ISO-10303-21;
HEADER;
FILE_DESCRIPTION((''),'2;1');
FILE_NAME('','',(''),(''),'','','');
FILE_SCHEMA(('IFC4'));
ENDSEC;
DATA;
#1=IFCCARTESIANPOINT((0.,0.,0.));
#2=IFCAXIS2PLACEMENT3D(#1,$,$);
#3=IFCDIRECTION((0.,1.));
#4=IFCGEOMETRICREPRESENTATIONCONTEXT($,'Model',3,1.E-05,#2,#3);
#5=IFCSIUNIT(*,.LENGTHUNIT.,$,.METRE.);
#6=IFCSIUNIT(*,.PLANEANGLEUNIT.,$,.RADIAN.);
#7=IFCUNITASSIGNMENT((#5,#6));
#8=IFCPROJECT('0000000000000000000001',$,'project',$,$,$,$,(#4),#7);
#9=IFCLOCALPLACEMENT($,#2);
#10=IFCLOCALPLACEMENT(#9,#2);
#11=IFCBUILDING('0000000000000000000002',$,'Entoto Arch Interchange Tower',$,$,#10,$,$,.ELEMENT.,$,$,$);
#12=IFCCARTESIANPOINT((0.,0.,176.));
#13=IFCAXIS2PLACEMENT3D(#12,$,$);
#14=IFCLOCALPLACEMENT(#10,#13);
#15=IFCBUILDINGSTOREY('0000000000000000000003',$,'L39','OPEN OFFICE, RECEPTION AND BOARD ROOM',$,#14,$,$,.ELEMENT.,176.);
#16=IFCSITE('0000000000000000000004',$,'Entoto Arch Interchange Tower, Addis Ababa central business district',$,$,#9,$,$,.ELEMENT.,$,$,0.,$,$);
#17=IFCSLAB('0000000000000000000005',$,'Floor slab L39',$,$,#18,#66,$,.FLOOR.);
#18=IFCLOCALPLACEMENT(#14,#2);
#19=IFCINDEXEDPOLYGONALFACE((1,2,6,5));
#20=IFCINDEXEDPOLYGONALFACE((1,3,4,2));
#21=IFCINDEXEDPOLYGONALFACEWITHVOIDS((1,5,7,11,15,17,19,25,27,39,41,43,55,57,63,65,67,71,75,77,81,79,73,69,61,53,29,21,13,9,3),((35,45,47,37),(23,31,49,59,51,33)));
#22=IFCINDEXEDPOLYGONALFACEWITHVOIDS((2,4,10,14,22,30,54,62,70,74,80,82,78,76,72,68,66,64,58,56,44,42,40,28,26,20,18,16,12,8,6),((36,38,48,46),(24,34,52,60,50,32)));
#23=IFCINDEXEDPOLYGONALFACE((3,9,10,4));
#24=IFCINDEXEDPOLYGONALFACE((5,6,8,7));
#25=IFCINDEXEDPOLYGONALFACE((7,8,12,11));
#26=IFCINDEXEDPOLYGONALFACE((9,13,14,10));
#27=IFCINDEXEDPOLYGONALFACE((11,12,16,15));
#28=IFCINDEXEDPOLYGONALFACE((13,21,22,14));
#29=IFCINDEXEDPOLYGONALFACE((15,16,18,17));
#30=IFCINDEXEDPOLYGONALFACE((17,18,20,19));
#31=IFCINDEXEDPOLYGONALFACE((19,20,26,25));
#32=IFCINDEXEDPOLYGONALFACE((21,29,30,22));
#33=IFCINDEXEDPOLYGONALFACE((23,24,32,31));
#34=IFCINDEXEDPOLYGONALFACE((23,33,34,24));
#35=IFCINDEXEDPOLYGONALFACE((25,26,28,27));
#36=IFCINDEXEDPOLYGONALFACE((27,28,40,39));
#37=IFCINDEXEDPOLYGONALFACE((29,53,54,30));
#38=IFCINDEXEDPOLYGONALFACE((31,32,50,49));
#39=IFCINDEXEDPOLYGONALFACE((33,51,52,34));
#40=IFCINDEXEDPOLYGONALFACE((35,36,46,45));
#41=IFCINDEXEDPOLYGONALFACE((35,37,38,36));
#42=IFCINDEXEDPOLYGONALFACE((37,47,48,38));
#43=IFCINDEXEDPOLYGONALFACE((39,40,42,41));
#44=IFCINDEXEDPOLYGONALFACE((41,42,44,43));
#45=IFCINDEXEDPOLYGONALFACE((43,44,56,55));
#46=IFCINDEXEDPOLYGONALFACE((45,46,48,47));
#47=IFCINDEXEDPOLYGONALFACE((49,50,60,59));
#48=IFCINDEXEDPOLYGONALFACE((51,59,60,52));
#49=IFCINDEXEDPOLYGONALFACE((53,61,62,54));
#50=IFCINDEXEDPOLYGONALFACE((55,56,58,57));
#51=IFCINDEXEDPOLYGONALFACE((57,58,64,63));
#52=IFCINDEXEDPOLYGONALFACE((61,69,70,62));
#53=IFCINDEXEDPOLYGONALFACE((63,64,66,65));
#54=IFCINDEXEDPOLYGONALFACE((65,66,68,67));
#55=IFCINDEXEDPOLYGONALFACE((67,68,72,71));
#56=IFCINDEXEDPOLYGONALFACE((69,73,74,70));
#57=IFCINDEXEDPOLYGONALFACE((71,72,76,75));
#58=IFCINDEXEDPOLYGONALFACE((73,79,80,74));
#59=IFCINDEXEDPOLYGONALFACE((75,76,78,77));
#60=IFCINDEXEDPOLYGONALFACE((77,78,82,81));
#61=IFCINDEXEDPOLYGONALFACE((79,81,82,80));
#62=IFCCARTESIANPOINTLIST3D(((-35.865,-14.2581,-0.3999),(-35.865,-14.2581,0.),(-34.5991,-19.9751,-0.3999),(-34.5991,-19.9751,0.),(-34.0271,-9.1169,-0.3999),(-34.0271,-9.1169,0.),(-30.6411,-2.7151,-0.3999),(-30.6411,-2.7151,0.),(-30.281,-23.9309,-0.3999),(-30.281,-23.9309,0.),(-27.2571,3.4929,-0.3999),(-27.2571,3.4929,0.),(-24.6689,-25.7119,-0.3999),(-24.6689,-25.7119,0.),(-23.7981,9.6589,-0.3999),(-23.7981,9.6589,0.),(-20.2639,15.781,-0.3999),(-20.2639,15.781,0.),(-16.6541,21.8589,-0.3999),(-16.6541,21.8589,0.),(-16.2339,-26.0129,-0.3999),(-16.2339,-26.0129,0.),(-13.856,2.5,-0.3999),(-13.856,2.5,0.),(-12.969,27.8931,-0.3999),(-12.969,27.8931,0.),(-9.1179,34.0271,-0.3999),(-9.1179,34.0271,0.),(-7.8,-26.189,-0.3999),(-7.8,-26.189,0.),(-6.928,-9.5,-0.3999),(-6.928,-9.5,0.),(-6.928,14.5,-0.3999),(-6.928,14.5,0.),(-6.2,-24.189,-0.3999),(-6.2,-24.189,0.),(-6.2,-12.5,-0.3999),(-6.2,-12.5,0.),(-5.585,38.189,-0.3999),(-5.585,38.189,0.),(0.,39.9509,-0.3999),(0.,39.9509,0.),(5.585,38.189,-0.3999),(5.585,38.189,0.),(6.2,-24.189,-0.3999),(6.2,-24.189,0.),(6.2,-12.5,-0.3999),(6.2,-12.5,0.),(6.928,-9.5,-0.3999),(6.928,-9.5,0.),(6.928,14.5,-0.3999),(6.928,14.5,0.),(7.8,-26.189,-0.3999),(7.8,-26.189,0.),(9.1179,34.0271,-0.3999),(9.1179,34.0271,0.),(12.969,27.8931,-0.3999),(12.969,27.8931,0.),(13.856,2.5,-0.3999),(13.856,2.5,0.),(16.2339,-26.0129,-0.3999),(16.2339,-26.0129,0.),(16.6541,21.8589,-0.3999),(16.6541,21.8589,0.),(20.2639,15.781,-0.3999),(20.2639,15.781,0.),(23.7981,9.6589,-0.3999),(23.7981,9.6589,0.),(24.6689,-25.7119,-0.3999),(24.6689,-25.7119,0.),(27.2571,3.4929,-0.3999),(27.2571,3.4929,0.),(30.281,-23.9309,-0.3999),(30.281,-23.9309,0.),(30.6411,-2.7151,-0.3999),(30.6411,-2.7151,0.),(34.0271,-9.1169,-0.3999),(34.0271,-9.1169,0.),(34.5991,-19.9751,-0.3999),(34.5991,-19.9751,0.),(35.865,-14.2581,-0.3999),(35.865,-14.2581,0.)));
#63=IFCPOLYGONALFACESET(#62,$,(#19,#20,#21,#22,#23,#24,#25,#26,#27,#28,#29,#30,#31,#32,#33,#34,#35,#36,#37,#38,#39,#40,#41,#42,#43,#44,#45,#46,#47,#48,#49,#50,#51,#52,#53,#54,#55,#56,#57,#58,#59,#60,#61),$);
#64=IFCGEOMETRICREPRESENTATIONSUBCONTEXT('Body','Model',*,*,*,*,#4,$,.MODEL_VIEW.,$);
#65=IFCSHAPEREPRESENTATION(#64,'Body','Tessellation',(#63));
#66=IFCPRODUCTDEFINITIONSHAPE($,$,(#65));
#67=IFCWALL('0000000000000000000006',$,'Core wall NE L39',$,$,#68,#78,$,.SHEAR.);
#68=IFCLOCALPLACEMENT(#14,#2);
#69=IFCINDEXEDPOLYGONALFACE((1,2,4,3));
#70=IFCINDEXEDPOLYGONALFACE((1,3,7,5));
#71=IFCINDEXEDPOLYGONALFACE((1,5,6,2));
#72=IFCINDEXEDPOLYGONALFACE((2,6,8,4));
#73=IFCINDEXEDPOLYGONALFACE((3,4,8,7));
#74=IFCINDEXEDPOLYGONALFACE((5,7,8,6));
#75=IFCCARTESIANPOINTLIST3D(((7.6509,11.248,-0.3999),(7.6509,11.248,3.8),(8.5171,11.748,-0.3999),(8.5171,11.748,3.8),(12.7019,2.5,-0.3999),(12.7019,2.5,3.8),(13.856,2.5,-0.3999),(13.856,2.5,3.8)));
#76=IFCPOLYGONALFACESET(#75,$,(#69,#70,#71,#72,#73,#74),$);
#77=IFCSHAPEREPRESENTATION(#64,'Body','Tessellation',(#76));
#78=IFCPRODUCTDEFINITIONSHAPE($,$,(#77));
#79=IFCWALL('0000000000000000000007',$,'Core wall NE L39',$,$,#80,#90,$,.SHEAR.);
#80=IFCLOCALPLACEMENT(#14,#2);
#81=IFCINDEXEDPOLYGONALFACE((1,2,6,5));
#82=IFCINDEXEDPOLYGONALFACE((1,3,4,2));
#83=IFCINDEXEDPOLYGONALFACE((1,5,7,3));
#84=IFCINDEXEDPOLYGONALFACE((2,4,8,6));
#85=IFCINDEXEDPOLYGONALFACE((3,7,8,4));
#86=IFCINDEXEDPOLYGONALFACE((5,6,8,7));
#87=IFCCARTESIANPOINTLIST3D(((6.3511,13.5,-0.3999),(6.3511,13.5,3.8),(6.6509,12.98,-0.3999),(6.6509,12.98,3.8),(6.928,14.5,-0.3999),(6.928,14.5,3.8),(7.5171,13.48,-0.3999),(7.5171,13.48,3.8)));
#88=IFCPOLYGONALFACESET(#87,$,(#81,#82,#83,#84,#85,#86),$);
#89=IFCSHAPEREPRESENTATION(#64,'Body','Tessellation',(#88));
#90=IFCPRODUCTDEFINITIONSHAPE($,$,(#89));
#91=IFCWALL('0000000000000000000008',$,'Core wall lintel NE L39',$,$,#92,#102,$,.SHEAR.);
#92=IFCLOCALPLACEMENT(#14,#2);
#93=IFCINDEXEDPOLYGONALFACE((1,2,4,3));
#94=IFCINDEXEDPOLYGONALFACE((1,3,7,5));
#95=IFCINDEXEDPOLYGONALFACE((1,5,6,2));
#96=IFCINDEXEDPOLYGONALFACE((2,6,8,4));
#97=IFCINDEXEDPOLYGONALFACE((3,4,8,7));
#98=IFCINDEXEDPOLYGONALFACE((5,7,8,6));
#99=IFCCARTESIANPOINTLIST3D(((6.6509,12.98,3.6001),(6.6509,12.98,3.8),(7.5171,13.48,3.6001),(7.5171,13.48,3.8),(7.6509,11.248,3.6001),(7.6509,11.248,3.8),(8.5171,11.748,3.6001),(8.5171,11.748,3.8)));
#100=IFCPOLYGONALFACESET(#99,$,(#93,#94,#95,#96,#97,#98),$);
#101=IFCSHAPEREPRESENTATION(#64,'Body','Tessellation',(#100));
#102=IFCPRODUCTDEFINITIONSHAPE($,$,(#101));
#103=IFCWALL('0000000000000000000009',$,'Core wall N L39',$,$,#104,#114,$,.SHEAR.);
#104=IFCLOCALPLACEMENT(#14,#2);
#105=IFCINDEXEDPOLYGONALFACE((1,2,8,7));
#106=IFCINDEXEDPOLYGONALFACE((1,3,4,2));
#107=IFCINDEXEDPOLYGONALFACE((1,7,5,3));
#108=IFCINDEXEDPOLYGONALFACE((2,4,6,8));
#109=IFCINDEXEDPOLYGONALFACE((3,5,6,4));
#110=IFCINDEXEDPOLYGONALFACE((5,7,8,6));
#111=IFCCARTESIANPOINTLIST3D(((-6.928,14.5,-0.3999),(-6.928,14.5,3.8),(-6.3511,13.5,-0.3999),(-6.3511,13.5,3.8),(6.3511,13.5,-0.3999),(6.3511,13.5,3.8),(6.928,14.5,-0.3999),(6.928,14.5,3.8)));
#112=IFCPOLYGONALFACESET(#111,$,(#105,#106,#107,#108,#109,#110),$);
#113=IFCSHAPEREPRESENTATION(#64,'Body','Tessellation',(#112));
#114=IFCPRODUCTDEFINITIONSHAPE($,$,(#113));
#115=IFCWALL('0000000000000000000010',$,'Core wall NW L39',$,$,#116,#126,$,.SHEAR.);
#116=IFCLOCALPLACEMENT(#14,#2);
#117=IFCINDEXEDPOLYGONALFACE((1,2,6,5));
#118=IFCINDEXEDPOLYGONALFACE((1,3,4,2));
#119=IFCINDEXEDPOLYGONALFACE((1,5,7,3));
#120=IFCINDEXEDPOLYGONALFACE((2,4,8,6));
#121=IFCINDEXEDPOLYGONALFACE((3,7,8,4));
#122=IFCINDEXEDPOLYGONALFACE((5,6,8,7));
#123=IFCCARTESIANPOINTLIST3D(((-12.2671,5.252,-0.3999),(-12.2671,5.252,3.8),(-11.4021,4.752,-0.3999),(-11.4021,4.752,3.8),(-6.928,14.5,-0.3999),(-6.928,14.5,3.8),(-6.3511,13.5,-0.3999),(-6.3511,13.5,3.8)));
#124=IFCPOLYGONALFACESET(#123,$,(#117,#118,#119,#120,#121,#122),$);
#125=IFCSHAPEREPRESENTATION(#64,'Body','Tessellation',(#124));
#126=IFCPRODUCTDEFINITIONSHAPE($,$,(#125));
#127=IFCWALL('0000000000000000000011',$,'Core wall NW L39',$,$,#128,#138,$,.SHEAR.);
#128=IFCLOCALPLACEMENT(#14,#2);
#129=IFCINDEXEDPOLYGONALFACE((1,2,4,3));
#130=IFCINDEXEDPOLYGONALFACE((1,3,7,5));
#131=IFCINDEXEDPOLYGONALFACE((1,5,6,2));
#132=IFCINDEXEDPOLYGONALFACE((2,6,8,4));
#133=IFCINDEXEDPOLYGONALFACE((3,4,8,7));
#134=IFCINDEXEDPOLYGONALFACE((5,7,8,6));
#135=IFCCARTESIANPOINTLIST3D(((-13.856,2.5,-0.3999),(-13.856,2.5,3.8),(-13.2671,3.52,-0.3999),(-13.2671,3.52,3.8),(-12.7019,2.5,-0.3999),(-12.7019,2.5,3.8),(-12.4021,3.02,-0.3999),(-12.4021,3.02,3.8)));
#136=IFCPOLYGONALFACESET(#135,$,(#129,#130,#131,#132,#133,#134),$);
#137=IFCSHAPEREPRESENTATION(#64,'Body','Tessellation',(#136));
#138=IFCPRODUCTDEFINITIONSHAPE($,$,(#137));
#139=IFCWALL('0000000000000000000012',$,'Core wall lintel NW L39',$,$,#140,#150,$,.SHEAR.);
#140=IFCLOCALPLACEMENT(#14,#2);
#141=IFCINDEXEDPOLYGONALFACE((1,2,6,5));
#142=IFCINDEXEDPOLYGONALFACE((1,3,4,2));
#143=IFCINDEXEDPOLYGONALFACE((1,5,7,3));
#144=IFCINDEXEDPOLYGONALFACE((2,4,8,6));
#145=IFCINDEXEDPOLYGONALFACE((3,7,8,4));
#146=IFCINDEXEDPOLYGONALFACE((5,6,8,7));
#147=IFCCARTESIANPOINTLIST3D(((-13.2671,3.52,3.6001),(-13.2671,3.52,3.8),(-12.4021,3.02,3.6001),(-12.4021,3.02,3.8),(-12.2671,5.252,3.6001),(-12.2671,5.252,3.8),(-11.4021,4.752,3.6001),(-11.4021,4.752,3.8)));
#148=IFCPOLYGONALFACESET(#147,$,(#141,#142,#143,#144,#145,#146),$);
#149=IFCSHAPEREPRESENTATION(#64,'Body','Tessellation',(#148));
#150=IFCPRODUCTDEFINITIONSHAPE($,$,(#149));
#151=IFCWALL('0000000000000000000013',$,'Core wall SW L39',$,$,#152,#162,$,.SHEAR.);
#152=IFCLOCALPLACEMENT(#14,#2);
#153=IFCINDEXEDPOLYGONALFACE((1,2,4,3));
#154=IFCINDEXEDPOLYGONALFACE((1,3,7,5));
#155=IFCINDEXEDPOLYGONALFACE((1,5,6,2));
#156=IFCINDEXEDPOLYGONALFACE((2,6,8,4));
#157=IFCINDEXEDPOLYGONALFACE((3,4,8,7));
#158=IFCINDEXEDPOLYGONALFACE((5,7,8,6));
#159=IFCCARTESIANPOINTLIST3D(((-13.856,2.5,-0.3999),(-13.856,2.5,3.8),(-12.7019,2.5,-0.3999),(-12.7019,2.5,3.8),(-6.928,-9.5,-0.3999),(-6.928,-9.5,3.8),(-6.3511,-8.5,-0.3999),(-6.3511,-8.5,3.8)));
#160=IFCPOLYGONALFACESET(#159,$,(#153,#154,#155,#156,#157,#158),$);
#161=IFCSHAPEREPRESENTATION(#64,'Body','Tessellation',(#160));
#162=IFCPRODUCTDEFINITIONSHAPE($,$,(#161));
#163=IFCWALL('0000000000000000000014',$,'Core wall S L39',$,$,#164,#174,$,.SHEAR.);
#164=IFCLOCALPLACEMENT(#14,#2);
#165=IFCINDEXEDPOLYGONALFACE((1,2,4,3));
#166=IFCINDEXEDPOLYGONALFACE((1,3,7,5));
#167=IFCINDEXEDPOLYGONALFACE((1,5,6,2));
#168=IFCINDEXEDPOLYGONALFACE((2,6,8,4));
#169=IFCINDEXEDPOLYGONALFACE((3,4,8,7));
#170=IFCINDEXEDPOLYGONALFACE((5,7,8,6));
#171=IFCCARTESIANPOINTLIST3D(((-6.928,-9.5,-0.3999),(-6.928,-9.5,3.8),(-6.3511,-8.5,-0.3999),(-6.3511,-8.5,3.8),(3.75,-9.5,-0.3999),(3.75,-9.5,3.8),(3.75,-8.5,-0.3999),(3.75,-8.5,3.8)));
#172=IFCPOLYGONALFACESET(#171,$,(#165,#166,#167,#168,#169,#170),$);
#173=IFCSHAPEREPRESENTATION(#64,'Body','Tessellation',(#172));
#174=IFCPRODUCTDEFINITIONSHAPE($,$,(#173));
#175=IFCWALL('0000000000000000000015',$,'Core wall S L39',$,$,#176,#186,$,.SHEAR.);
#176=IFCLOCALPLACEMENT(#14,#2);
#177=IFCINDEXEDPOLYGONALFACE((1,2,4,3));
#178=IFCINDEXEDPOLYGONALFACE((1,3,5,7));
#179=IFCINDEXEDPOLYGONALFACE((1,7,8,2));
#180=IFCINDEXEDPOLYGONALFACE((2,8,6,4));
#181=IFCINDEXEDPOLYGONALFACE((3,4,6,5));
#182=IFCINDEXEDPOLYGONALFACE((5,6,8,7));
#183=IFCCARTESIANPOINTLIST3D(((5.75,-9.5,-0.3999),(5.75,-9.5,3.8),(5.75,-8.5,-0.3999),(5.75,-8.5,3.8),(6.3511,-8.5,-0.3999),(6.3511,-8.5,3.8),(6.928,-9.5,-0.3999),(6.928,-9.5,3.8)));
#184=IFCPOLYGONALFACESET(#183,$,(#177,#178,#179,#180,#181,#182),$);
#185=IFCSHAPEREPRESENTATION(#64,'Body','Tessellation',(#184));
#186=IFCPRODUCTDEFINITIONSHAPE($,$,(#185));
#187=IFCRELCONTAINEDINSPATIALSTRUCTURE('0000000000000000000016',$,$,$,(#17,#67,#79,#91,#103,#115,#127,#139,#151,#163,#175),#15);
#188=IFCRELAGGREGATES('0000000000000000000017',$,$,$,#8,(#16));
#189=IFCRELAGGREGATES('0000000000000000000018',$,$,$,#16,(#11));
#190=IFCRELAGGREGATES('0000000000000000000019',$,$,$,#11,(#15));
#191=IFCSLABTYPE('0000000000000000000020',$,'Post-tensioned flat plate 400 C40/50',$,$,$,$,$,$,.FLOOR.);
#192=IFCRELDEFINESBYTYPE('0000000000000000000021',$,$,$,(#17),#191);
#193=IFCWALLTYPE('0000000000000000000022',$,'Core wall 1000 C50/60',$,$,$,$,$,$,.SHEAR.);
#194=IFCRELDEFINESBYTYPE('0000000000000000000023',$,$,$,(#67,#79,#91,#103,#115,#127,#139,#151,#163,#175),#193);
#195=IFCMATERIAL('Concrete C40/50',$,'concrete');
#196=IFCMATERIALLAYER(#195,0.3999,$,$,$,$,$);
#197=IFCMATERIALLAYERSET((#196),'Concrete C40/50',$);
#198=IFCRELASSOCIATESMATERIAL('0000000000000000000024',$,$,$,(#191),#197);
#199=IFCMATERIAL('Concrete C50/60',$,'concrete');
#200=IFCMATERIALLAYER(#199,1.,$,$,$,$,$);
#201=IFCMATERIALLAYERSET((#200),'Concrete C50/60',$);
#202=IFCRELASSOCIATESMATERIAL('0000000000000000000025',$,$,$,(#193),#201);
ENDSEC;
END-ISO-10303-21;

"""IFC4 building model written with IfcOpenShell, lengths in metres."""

from ifc_helpers import new_model, si_unit, direction, frame, origin, place, context, subcontext, project, spatial, polyline, outline, extrude, material, layer, layer_set, type_object, element, save


model = new_model("IFC4")

# Units and contexts
model_context = context("Model", 3, precision=1e-05, world=origin(), true_north=direction((0.0, 1.0)))
body_context = subcontext(model_context, "Body", "Model", "MODEL_VIEW")
ifc_project = project(units=[si_unit("LENGTHUNIT", "METRE"), si_unit("PLANEANGLEUNIT", "RADIAN")], contexts=[model_context])

# Site, building, storey
site_placement = place(None, origin())
site = spatial("IfcSite", under=ifc_project, at=site_placement, Name="Entoto Arch Interchange Tower, Addis Ababa central business district", CompositionType="ELEMENT", RefElevation=0.0)
building_placement = place(site_placement, origin())
building = spatial("IfcBuilding", under=site, at=building_placement, Name="Entoto Arch Interchange Tower", CompositionType="ELEMENT")
storey_placement = place(building_placement, frame((0.0, 0.0, 176.0)))
storey = spatial("IfcBuildingStorey", under=building, at=storey_placement, Name="L39", Description="OPEN OFFICE, RECEPTION AND BOARD ROOM", CompositionType="ELEMENT", Elevation=176.0)

# Slab
ifc_material_1 = material(Name="Concrete C40/50", Category="concrete")
ifc_layer_1 = layer(ifc_material_1, 0.3999)
ifc_layer_set_1 = layer_set([ifc_layer_1], Name="Concrete C40/50")
slab_type = type_object("IfcSlabType", Name="Post-tensioned flat plate 400 C40/50", PredefinedType="FLOOR", material=ifc_layer_set_1)
slab_placement = place(storey_placement, frame((0.0, 0.0, -0.3999)))
element("IfcSlab", 1, at=slab_placement, inside=storey, type_object=slab_type, Name="Floor slab L39", PredefinedType="FLOOR", context=body_context, shape_type="SweptSolid", body=[
    extrude(outline(polyline([(-24.6689, -25.7119), (-16.2339, -26.0129), (-7.8, -26.189), (7.8, -26.189), (16.2339, -26.0129), (24.6689, -25.7119), (30.281, -23.9309), (34.5991, -19.9751), (35.865, -14.2581), (34.0271, -9.1169), (30.6411, -2.7151), (27.2571, 3.4929), (23.7981, 9.6589), (20.2639, 15.781), (16.6541, 21.8589), (12.969, 27.8931), (9.1179, 34.0271), (5.585, 38.189), (0.0, 39.9509), (-5.585, 38.189), (-9.1179, 34.0271), (-12.969, 27.8931), (-16.6541, 21.8589), (-20.2639, 15.781), (-23.7981, 9.6589), (-27.2571, 3.4929), (-30.6411, -2.7151), (-34.0271, -9.1169), (-35.865, -14.2581), (-34.5991, -19.9751), (-30.281, -23.9309), (-24.6689, -25.7119)]), holes=[polyline([(6.2, -24.189), (6.2, -12.5), (-6.2, -12.5), (-6.2, -24.189), (6.2, -24.189)]), polyline([(13.856, 2.5), (6.928, 14.5), (-6.928, 14.5), (-13.856, 2.5), (-6.928, -9.5), (6.928, -9.5), (13.856, 2.5)])]), origin(), (0.0, 0.0, 1.0), 0.3999),
])

# Walls
ifc_material_2 = material(Name="Concrete C50/60", Category="concrete")
ifc_layer_2 = layer(ifc_material_2, 1.0)
ifc_layer_set_2 = layer_set([ifc_layer_2], Name="Concrete C50/60")
wall_type_1 = type_object("IfcWallType", Name="Core wall 1000 C50/60", PredefinedType="SHEAR", material=ifc_layer_set_2)
wall_1_placement = place(storey_placement, frame((0.0, 0.0, -0.3999)))
element("IfcWall", 2, at=wall_1_placement, inside=storey, type_object=wall_type_1, Name="Core wall NE L39", PredefinedType="SHEAR", context=body_context, shape_type="SweptSolid", body=[
    extrude(outline(polyline([(8.5171, 11.748), (7.6509, 11.248), (12.7019, 2.5), (13.856, 2.5), (8.5171, 11.748)])), origin(), (0.0, 0.0, 1.0), 4.2),
])
wall_2_placement = place(storey_placement, frame((0.0, 0.0, -0.3999)))
element("IfcWall", 3, at=wall_2_placement, inside=storey, type_object=wall_type_1, Name="Core wall NE L39", PredefinedType="SHEAR", context=body_context, shape_type="SweptSolid", body=[
    extrude(outline(polyline([(6.6509, 12.98), (7.5171, 13.48), (6.928, 14.5), (6.3511, 13.5), (6.6509, 12.98)])), origin(), (0.0, 0.0, 1.0), 4.2),
])
wall_3_placement = place(storey_placement, frame((0.0, 0.0, 3.6001)))
element("IfcWall", 4, at=wall_3_placement, inside=storey, type_object=wall_type_1, Name="Core wall lintel NE L39", PredefinedType="SHEAR", context=body_context, shape_type="SweptSolid", body=[
    extrude(outline(polyline([(7.5171, 13.48), (6.6509, 12.98), (7.6509, 11.248), (8.5171, 11.748), (7.5171, 13.48)])), origin(), (0.0, 0.0, 1.0), 0.2),
])
wall_4_placement = place(storey_placement, frame((0.0, 0.0, -0.3999)))
element("IfcWall", 5, at=wall_4_placement, inside=storey, type_object=wall_type_1, Name="Core wall N L39", PredefinedType="SHEAR", context=body_context, shape_type="SweptSolid", body=[
    extrude(outline(polyline([(6.928, 14.5), (-6.928, 14.5), (-6.3511, 13.5), (6.3511, 13.5), (6.928, 14.5)])), origin(), (0.0, 0.0, 1.0), 4.2),
])
wall_5_placement = place(storey_placement, frame((0.0, 0.0, -0.3999)))
element("IfcWall", 6, at=wall_5_placement, inside=storey, type_object=wall_type_1, Name="Core wall NW L39", PredefinedType="SHEAR", context=body_context, shape_type="SweptSolid", body=[
    extrude(outline(polyline([(-12.2671, 5.252), (-11.4021, 4.752), (-6.3511, 13.5), (-6.928, 14.5), (-12.2671, 5.252)])), origin(), (0.0, 0.0, 1.0), 4.2),
])
wall_6_placement = place(storey_placement, frame((0.0, 0.0, -0.3999)))
element("IfcWall", 7, at=wall_6_placement, inside=storey, type_object=wall_type_1, Name="Core wall NW L39", PredefinedType="SHEAR", context=body_context, shape_type="SweptSolid", body=[
    extrude(outline(polyline([(-12.4021, 3.02), (-13.2671, 3.52), (-13.856, 2.5), (-12.7019, 2.5), (-12.4021, 3.02)])), origin(), (0.0, 0.0, 1.0), 4.2),
])
wall_7_placement = place(storey_placement, frame((0.0, 0.0, 3.6001)))
element("IfcWall", 8, at=wall_7_placement, inside=storey, type_object=wall_type_1, Name="Core wall lintel NW L39", PredefinedType="SHEAR", context=body_context, shape_type="SweptSolid", body=[
    extrude(outline(polyline([(-13.2671, 3.52), (-12.4021, 3.02), (-11.4021, 4.752), (-12.2671, 5.252), (-13.2671, 3.52)])), origin(), (0.0, 0.0, 1.0), 0.2),
])
wall_8_placement = place(storey_placement, frame((0.0, 0.0, -0.3999)))
element("IfcWall", 9, at=wall_8_placement, inside=storey, type_object=wall_type_1, Name="Core wall SW L39", PredefinedType="SHEAR", context=body_context, shape_type="SweptSolid", body=[
    extrude(outline(polyline([(-13.856, 2.5), (-6.928, -9.5), (-6.3511, -8.5), (-12.7019, 2.5), (-13.856, 2.5)])), origin(), (0.0, 0.0, 1.0), 4.2),
])
wall_9_placement = place(storey_placement, frame((0.0, 0.0, -0.3999)))
element("IfcWall", 10, at=wall_9_placement, inside=storey, type_object=wall_type_1, Name="Core wall S L39", PredefinedType="SHEAR", context=body_context, shape_type="SweptSolid", body=[
    extrude(outline(polyline([(3.75, -9.5), (3.75, -8.5), (-6.3511, -8.5), (-6.928, -9.5), (3.75, -9.5)])), origin(), (0.0, 0.0, 1.0), 4.2),
])
wall_10_placement = place(storey_placement, frame((0.0, 0.0, -0.3999)))
element("IfcWall", 11, at=wall_10_placement, inside=storey, type_object=wall_type_1, Name="Core wall S L39", PredefinedType="SHEAR", context=body_context, shape_type="SweptSolid", body=[
    extrude(outline(polyline([(5.75, -8.5), (5.75, -9.5), (6.928, -9.5), (6.3511, -8.5), (5.75, -8.5)])), origin(), (0.0, 0.0, 1.0), 4.2),
])

save(model, "model.ifc")
